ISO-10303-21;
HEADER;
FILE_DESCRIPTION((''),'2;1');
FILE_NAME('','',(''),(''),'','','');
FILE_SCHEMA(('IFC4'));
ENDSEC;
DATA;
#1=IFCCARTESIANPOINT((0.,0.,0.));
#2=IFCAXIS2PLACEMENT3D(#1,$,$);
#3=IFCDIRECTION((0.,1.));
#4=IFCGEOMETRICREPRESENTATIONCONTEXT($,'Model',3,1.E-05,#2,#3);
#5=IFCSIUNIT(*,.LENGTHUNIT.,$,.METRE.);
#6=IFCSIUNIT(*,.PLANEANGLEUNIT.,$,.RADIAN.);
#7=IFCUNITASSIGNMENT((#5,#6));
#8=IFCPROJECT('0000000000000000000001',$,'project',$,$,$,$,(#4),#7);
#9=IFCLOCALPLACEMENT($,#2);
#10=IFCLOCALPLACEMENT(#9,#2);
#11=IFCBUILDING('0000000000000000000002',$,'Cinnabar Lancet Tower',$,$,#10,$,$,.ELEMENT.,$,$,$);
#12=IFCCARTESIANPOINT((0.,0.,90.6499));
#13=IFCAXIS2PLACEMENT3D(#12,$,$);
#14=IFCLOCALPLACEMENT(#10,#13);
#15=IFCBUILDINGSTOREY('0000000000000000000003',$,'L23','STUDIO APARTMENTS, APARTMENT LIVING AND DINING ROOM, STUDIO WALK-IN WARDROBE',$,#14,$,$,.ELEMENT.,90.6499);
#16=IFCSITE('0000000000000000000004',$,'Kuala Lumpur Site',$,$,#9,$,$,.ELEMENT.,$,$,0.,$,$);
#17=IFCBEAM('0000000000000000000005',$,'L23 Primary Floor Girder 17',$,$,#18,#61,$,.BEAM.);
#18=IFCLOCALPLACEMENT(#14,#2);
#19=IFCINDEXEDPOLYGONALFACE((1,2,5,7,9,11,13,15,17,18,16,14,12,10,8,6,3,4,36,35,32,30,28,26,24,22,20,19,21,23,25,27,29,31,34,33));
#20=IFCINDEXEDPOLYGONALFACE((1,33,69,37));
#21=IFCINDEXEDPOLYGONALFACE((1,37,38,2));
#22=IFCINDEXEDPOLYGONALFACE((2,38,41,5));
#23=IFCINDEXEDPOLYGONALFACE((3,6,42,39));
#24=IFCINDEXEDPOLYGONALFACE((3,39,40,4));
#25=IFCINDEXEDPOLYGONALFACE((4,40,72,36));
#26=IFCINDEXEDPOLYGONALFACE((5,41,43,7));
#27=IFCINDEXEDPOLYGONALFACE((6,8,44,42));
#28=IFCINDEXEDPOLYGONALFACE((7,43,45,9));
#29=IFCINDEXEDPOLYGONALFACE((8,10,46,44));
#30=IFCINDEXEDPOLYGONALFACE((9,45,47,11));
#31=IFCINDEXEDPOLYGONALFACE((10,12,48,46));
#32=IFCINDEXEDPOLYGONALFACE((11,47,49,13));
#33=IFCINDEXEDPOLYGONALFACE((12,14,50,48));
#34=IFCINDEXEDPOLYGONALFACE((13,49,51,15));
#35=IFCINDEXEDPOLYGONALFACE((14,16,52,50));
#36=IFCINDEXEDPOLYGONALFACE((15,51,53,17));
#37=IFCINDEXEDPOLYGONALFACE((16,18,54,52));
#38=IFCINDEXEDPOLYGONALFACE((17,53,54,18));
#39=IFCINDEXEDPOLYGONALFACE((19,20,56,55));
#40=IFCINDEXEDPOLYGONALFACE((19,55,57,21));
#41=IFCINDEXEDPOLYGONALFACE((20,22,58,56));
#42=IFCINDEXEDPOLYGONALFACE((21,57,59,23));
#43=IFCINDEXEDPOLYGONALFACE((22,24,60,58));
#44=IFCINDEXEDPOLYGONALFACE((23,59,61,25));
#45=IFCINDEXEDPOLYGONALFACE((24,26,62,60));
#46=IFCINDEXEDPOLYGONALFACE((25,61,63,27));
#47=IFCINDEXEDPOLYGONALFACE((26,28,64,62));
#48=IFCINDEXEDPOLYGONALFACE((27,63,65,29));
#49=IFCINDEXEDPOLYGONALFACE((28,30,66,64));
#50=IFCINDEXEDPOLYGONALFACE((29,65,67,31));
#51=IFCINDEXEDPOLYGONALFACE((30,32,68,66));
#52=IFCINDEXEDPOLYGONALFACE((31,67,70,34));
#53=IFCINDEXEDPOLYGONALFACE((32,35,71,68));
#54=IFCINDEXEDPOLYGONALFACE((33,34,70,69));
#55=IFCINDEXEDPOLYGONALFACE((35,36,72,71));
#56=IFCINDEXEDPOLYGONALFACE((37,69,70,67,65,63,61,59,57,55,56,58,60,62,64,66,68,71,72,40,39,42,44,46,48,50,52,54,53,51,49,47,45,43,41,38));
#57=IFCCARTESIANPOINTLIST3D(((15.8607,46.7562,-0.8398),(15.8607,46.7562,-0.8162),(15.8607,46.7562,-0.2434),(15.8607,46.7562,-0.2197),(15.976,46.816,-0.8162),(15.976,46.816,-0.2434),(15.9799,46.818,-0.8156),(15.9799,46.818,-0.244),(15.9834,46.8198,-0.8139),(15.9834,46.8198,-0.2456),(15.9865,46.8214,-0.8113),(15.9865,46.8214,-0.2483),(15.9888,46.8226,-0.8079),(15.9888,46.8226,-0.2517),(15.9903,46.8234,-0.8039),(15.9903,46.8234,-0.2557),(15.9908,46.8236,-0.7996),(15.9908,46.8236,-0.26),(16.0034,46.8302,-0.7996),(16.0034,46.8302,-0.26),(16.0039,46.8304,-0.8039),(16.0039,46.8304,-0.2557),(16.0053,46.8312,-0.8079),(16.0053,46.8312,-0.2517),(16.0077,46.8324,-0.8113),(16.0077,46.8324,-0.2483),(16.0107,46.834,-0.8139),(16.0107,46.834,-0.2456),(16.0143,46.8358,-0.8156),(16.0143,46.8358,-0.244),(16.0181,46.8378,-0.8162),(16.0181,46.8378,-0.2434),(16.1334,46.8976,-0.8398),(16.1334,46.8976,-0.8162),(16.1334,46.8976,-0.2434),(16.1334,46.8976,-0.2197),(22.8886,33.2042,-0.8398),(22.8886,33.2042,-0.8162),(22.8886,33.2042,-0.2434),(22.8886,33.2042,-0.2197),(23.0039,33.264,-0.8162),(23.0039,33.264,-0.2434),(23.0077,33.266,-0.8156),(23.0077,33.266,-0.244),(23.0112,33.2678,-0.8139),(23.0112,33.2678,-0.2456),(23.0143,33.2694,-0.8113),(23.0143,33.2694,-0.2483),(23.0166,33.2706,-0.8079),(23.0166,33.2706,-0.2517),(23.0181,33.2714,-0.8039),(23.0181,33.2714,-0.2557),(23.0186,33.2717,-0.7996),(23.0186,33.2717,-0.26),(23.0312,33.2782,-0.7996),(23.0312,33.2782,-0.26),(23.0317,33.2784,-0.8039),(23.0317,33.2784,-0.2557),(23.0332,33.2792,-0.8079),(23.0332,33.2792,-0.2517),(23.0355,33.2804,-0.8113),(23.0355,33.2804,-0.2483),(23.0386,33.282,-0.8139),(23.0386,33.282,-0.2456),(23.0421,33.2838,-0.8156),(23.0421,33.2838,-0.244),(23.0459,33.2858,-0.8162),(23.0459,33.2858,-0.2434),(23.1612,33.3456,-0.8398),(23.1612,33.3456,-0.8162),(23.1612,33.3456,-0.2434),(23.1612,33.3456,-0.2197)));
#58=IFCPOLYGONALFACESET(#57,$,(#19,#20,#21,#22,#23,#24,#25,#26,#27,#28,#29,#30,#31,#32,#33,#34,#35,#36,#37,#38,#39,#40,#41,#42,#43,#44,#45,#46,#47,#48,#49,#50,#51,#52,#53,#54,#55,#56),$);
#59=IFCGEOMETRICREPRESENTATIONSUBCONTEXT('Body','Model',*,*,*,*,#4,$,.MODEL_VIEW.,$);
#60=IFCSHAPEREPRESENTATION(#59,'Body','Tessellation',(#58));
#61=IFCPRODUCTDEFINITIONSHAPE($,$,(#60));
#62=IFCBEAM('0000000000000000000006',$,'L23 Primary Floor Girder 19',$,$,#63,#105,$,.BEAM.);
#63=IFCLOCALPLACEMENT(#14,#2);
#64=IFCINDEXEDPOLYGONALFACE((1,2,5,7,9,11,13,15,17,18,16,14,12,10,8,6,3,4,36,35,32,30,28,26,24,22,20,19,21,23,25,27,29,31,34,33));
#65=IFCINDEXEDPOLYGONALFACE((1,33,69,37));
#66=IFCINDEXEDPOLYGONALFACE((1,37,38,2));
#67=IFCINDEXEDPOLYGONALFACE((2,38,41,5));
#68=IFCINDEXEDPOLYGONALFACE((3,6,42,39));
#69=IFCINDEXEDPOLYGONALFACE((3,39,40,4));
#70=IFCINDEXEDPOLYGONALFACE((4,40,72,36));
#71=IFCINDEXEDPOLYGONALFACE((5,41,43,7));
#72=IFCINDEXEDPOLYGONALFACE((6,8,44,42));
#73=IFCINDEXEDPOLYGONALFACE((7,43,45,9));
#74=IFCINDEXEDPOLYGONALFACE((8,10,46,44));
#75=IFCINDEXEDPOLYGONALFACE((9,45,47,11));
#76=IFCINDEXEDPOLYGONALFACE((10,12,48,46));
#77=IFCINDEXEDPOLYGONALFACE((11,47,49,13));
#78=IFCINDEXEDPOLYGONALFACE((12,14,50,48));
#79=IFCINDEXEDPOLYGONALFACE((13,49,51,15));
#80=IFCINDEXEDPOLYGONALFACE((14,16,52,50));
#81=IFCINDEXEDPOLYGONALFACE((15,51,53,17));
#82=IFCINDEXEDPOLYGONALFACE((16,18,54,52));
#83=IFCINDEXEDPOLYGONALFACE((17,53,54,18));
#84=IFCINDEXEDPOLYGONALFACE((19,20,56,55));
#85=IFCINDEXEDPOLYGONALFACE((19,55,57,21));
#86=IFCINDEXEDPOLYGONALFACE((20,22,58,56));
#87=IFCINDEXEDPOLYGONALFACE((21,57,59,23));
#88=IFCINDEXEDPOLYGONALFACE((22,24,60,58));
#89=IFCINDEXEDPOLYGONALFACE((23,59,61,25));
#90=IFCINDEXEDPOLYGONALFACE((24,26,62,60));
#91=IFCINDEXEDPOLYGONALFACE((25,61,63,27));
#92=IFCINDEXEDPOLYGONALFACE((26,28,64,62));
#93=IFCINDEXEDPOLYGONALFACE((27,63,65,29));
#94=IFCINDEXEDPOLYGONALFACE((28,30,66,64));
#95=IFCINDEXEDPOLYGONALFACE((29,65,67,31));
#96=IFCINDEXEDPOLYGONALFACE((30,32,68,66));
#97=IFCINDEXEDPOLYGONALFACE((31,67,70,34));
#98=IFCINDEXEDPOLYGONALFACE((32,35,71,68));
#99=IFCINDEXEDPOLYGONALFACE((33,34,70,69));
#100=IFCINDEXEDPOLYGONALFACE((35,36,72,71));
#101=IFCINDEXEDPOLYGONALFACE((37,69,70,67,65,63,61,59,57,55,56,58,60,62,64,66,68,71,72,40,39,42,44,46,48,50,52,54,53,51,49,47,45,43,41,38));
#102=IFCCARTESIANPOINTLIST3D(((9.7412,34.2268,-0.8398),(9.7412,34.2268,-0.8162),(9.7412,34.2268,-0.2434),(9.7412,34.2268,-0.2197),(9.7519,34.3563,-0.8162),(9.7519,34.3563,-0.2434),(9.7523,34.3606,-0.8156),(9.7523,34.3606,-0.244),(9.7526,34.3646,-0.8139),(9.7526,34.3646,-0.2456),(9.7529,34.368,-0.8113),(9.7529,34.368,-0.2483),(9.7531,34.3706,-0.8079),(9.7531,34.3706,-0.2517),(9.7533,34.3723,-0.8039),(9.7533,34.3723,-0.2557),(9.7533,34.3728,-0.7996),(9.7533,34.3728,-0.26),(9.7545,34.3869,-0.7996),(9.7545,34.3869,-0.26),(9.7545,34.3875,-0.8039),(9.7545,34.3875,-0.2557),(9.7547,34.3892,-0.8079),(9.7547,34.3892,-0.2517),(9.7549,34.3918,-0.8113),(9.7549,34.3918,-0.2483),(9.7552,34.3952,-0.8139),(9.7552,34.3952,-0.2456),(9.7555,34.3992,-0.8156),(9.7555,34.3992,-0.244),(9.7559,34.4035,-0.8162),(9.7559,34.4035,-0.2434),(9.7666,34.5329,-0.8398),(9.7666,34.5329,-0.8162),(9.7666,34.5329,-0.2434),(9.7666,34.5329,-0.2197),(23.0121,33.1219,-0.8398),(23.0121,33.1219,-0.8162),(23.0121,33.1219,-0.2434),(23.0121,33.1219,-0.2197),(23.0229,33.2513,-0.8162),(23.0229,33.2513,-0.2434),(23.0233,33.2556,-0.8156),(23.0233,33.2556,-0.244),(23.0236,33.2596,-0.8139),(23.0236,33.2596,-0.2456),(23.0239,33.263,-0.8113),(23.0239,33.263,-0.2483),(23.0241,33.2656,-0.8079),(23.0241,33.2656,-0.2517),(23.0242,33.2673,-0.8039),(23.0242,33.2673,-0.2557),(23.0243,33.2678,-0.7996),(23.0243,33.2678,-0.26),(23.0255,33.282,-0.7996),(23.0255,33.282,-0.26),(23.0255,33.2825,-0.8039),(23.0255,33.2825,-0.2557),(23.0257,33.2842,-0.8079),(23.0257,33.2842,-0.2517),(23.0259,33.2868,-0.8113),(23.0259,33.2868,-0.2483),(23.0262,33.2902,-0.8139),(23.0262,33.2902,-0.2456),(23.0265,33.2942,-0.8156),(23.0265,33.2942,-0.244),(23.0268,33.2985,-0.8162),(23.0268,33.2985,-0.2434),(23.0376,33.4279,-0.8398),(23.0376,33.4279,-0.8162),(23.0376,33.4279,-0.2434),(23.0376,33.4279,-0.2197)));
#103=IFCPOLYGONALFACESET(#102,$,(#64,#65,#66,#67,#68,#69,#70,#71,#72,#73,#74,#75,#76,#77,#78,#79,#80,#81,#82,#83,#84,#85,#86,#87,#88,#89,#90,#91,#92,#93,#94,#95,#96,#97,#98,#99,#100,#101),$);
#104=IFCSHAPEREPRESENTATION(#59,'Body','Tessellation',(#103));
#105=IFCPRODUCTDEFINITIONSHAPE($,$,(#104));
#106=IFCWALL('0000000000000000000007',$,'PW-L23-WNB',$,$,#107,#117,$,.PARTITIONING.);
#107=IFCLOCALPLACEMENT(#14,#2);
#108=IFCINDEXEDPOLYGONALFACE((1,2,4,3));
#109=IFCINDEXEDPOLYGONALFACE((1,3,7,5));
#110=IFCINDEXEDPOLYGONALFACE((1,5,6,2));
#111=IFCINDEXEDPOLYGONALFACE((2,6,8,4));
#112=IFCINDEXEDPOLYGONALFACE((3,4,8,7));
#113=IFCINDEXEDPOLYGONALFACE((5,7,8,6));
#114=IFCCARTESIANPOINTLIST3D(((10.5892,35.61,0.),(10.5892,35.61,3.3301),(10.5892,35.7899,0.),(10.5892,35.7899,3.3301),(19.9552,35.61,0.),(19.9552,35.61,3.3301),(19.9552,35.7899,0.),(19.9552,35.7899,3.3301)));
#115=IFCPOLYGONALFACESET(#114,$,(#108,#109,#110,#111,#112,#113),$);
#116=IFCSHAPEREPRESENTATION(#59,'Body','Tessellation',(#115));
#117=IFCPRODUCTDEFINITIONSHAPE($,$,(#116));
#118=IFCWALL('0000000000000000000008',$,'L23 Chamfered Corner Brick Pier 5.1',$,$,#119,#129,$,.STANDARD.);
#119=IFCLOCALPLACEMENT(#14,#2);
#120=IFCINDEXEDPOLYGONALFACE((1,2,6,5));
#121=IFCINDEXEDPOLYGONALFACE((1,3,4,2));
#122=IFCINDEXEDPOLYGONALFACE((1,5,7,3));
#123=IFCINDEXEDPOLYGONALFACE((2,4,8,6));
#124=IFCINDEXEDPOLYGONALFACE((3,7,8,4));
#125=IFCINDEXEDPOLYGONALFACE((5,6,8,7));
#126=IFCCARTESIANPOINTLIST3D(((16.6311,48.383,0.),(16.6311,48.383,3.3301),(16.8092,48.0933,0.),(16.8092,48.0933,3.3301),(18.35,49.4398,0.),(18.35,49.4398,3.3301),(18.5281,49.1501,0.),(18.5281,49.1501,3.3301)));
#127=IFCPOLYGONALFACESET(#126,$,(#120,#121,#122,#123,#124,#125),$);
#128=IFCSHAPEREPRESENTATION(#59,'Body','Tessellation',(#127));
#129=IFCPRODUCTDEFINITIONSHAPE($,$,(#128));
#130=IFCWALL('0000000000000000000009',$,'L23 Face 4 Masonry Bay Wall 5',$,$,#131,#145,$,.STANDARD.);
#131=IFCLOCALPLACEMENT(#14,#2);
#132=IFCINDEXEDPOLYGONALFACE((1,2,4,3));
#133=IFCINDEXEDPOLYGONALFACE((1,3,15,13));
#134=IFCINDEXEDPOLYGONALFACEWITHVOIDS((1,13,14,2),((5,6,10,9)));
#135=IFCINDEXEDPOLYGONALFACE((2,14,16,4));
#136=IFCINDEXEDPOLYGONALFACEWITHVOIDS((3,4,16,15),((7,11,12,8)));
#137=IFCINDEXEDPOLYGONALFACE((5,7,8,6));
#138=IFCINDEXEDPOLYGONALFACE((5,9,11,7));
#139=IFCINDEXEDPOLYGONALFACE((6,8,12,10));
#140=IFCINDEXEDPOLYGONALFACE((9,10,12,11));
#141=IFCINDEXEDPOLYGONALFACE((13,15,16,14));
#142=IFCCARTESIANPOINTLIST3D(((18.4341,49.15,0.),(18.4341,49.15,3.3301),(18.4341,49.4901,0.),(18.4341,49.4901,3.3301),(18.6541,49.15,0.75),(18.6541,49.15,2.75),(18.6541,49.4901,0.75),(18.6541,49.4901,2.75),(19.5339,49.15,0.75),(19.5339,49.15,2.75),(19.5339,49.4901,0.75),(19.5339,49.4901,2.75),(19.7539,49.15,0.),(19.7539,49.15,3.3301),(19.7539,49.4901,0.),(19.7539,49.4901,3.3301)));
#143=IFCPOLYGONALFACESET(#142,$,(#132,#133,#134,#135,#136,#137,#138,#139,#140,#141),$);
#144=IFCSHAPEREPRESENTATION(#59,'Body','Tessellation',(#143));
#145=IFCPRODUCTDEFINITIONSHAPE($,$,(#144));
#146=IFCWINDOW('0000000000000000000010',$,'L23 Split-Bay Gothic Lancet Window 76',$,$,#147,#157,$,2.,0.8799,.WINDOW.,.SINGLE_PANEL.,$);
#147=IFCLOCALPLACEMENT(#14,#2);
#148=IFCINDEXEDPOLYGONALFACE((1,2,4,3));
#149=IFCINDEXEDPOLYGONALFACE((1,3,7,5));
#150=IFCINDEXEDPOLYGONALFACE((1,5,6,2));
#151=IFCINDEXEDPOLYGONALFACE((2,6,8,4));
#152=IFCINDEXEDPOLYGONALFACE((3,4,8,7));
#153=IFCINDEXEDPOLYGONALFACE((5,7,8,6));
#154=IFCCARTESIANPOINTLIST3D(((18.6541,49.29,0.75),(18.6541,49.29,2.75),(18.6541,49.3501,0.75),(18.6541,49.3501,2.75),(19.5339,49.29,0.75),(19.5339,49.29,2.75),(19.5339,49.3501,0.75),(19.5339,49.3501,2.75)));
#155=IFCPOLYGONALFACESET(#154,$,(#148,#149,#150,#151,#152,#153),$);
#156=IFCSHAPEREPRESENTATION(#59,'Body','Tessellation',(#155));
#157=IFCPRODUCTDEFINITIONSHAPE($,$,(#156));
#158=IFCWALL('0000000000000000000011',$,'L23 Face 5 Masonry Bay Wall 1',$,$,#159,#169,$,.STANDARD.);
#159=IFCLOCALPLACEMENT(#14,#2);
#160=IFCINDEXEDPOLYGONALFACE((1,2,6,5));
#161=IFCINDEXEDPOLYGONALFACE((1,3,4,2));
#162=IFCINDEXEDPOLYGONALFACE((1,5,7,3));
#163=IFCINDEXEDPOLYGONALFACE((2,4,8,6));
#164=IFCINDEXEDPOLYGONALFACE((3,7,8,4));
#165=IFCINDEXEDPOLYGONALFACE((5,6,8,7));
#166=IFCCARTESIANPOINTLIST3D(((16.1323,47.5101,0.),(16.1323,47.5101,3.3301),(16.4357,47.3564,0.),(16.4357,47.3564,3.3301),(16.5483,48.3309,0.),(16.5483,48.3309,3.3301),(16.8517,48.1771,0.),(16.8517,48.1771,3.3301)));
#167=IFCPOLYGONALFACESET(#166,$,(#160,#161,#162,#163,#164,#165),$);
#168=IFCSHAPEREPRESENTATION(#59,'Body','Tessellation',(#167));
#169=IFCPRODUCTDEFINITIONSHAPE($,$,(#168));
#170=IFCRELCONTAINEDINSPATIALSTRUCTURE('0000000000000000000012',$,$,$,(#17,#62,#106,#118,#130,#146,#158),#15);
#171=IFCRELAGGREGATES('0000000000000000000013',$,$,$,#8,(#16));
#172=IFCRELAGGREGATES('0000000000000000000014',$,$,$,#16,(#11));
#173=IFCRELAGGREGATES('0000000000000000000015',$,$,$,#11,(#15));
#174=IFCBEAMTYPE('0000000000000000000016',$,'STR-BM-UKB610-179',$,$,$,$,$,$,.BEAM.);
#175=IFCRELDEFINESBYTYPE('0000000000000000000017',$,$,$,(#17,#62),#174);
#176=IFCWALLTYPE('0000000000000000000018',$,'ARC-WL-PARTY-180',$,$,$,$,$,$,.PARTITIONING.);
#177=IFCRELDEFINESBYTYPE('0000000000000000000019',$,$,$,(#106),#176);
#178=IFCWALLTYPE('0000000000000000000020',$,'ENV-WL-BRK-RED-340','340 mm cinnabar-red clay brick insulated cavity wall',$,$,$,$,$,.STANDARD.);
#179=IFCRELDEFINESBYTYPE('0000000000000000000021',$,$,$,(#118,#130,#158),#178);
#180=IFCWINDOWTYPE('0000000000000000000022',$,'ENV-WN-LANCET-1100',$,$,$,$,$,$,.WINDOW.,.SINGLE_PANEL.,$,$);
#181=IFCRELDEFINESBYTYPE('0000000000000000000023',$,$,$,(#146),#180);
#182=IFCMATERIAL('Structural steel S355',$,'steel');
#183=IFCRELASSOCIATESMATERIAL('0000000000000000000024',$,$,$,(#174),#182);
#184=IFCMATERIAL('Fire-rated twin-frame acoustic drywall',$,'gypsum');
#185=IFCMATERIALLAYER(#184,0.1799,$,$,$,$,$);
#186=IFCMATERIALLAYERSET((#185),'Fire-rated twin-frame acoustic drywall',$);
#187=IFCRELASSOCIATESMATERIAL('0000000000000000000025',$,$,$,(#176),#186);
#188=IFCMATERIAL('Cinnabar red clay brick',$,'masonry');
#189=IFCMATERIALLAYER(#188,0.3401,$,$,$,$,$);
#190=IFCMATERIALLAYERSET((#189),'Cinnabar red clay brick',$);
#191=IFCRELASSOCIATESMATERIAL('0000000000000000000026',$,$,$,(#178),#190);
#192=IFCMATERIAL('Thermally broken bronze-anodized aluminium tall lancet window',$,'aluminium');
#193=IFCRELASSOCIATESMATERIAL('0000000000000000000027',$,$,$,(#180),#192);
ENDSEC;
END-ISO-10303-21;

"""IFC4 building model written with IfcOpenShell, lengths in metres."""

from ifc_helpers import new_model, si_unit, direction, frame, frame_2d, origin, origin_2d, place, context, subcontext, project, spatial, rectangle, i_section, extrude, material, layer, layer_set, material_profile, profile_set, type_object, element, fill, save


model = new_model("IFC4")

# Units and contexts
model_context = context("Model", 3, precision=1e-05, world=origin(), true_north=direction((0.0, 1.0)))
body_context = subcontext(model_context, "Body", "Model", "MODEL_VIEW")
ifc_project = project(units=[si_unit("LENGTHUNIT", "METRE"), si_unit("PLANEANGLEUNIT", "RADIAN")], contexts=[model_context])

# Site, building, storey
site_placement = place(None, origin())
site = spatial("IfcSite", under=ifc_project, at=site_placement, Name="Kuala Lumpur Site", CompositionType="ELEMENT", RefElevation=0.0)
building_placement = place(site_placement, origin())
building = spatial("IfcBuilding", under=site, at=building_placement, Name="Cinnabar Lancet Tower", CompositionType="ELEMENT")
storey_placement = place(building_placement, frame((0.0, 0.0, 90.6499)))
storey = spatial("IfcBuildingStorey", under=building, at=storey_placement, Name="L23", Description="STUDIO APARTMENTS, APARTMENT LIVING AND DINING ROOM, STUDIO WALK-IN WARDROBE", CompositionType="ELEMENT", Elevation=90.6499)

# Beams
ifc_material_1 = material(Name="Structural steel S355", Category="steel")
ifc_material_profile_1 = material_profile(ifc_material_1, i_section(OverallWidth=0.3071, OverallDepth=0.6201, WebThickness=0.0142, FlangeThickness=0.0237, FilletRadius=0.0166, at=origin_2d()), Name="UKB 610x305x179")
ifc_profile_set_1 = profile_set([ifc_material_profile_1], Name="Structural steel S355")
beam_type_1 = type_object("IfcBeamType", Name="STR-BM-UKB610-179", PredefinedType="BEAM", material=ifc_profile_set_1)
beam_1_placement = place(storey_placement, frame((15.9971, 46.8269, -0.5298), z_axis=(0.460362, -0.887731, 0.0), x_axis=(0.887731, 0.460362, 0.0)))
element("IfcBeam", 1, at=beam_1_placement, inside=storey, type_object=beam_type_1, Name="L23 Primary Floor Girder 17", PredefinedType="BEAM", context=body_context, shape_type="SweptSolid", body=[
    extrude(i_section(OverallWidth=0.3071, OverallDepth=0.6201, WebThickness=0.0142, FlangeThickness=0.0237, FilletRadius=0.0166, at=origin_2d()), origin(), (0.0, 0.0, 1.0), 15.2659),
])
beam_2_placement = place(storey_placement, frame((9.7539, 34.3799, -0.5298), z_axis=(0.996552, -0.082976, 0.0), x_axis=(0.082976, 0.996552, 0.0)))
element("IfcBeam", 2, at=beam_2_placement, inside=storey, type_object=beam_type_1, Name="L23 Primary Floor Girder 19", PredefinedType="BEAM", context=body_context, shape_type="SweptSolid", body=[
    extrude(i_section(OverallWidth=0.3071, OverallDepth=0.6201, WebThickness=0.0142, FlangeThickness=0.0237, FilletRadius=0.0166, at=origin_2d()), origin(), (0.0, 0.0, 1.0), 13.3169),
])

# Walls
ifc_material_2 = material(Name="Fire-rated twin-frame acoustic drywall", Category="gypsum")
ifc_layer_1 = layer(ifc_material_2, 0.1799)
ifc_layer_set_1 = layer_set([ifc_layer_1], Name="Fire-rated twin-frame acoustic drywall")
wall_type_1 = type_object("IfcWallType", Name="ARC-WL-PARTY-180", PredefinedType="PARTITIONING", material=ifc_layer_set_1)
wall_1_placement = place(storey_placement, frame((10.5891, 35.7, 0.0), z_axis=(0.0, 0.0, 1.0), x_axis=(1.0, 0.0, 0.0)))
element("IfcWall", 3, at=wall_1_placement, inside=storey, type_object=wall_type_1, Name="PW-L23-WNB", PredefinedType="PARTITIONING", context=body_context, shape_type="SweptSolid", body=[
    extrude(rectangle(XDim=9.366, YDim=0.1799, at=frame_2d((4.6831, 0.0))), origin(), (0.0, 0.0, 1.0), 3.3301),
])
ifc_material_3 = material(Name="Cinnabar red clay brick", Category="masonry")
ifc_layer_2 = layer(ifc_material_3, 0.3401)
ifc_layer_set_2 = layer_set([ifc_layer_2], Name="Cinnabar red clay brick")
wall_type_2 = type_object("IfcWallType", Name="ENV-WL-BRK-RED-340", Description="340 mm cinnabar-red clay brick insulated cavity wall", PredefinedType="STANDARD", material=ifc_layer_set_2)
wall_2_placement = place(storey_placement, frame((18.439, 49.2949, 0.0), z_axis=(0.0, 0.0, 1.0), x_axis=(-0.85187, -0.523753, 0.0)))
element("IfcWall", 4, at=wall_2_placement, inside=storey, type_object=wall_type_2, Name="L23 Chamfered Corner Brick Pier 5.1", PredefinedType="STANDARD", context=body_context, shape_type="SweptSolid", body=[
    extrude(rectangle(XDim=2.0178, YDim=0.3401, at=frame_2d((1.0088, 0.0))), origin(), (0.0, 0.0, 1.0), 3.3301),
])

# Wall, opening, window
wall_3_placement = place(storey_placement, frame((19.7539, 49.3201, 0.0), z_axis=(0.0, 0.0, 1.0), x_axis=(-1.0, 0.0, 0.0)))
wall_3 = element("IfcWall", 5, at=wall_3_placement, inside=storey, type_object=wall_type_2, Name="L23 Face 4 Masonry Bay Wall 5", PredefinedType="STANDARD", context=body_context, shape_type="SweptSolid", body=[
    extrude(rectangle(XDim=1.3198, YDim=0.3401, at=frame_2d((0.6599, 0.0))), origin(), (0.0, 0.0, 1.0), 3.3301),
])
opening_1_placement = place(wall_3_placement, frame((0.22, 0.0, 0.75)))
opening_1 = element("IfcOpeningElement", 6, at=opening_1_placement, cuts=wall_3, PredefinedType="OPENING", context=body_context, shape_type="SweptSolid", body=[
    extrude(rectangle(XDim=0.8799, YDim=2.0, at=frame_2d((0.4399, 1.0))), frame((0.0, 0.1799, 0.0), z_axis=(0.0, -1.0, 0.0), x_axis=(1.0, 0.0, 0.0)), (0.0, 0.0, 1.0), 0.3601),
])
ifc_material_4 = material(Name="Thermally broken bronze-anodized aluminium tall lancet window", Category="aluminium")
window_type = type_object("IfcWindowType", Name="ENV-WN-LANCET-1100", PartitioningType="SINGLE_PANEL", PredefinedType="WINDOW", material=ifc_material_4)
window_1_placement = place(opening_1_placement, origin())
window_1 = element("IfcWindow", 7, at=window_1_placement, inside=storey, type_object=window_type, Name="L23 Split-Bay Gothic Lancet Window 76", OverallHeight=2.0, OverallWidth=0.8799, PartitioningType="SINGLE_PANEL", PredefinedType="WINDOW", context=body_context, shape_type="SweptSolid", body=[
    extrude(rectangle(XDim=0.8799, YDim=2.0, at=frame_2d((0.4399, 1.0))), frame((0.0, 0.03, 0.0), z_axis=(0.0, -1.0, 0.0), x_axis=(1.0, 0.0, 0.0)), (0.0, 0.0, 1.0), 0.0601),
])
fill(opening_1, window_1)

# Wall
wall_4_placement = place(storey_placement, frame((16.7, 48.2539, 0.0), z_axis=(0.0, 0.0, 1.0), x_axis=(-0.452089, -0.891973, 0.0)))
element("IfcWall", 8, at=wall_4_placement, inside=storey, type_object=wall_type_2, Name="L23 Face 5 Masonry Bay Wall 1", PredefinedType="STANDARD", context=body_context, shape_type="SweptSolid", body=[
    extrude(rectangle(XDim=0.9202, YDim=0.3401, at=frame_2d((0.46, 0.0))), origin(), (0.0, 0.0, 1.0), 3.3301),
])

save(model, "model.ifc")
